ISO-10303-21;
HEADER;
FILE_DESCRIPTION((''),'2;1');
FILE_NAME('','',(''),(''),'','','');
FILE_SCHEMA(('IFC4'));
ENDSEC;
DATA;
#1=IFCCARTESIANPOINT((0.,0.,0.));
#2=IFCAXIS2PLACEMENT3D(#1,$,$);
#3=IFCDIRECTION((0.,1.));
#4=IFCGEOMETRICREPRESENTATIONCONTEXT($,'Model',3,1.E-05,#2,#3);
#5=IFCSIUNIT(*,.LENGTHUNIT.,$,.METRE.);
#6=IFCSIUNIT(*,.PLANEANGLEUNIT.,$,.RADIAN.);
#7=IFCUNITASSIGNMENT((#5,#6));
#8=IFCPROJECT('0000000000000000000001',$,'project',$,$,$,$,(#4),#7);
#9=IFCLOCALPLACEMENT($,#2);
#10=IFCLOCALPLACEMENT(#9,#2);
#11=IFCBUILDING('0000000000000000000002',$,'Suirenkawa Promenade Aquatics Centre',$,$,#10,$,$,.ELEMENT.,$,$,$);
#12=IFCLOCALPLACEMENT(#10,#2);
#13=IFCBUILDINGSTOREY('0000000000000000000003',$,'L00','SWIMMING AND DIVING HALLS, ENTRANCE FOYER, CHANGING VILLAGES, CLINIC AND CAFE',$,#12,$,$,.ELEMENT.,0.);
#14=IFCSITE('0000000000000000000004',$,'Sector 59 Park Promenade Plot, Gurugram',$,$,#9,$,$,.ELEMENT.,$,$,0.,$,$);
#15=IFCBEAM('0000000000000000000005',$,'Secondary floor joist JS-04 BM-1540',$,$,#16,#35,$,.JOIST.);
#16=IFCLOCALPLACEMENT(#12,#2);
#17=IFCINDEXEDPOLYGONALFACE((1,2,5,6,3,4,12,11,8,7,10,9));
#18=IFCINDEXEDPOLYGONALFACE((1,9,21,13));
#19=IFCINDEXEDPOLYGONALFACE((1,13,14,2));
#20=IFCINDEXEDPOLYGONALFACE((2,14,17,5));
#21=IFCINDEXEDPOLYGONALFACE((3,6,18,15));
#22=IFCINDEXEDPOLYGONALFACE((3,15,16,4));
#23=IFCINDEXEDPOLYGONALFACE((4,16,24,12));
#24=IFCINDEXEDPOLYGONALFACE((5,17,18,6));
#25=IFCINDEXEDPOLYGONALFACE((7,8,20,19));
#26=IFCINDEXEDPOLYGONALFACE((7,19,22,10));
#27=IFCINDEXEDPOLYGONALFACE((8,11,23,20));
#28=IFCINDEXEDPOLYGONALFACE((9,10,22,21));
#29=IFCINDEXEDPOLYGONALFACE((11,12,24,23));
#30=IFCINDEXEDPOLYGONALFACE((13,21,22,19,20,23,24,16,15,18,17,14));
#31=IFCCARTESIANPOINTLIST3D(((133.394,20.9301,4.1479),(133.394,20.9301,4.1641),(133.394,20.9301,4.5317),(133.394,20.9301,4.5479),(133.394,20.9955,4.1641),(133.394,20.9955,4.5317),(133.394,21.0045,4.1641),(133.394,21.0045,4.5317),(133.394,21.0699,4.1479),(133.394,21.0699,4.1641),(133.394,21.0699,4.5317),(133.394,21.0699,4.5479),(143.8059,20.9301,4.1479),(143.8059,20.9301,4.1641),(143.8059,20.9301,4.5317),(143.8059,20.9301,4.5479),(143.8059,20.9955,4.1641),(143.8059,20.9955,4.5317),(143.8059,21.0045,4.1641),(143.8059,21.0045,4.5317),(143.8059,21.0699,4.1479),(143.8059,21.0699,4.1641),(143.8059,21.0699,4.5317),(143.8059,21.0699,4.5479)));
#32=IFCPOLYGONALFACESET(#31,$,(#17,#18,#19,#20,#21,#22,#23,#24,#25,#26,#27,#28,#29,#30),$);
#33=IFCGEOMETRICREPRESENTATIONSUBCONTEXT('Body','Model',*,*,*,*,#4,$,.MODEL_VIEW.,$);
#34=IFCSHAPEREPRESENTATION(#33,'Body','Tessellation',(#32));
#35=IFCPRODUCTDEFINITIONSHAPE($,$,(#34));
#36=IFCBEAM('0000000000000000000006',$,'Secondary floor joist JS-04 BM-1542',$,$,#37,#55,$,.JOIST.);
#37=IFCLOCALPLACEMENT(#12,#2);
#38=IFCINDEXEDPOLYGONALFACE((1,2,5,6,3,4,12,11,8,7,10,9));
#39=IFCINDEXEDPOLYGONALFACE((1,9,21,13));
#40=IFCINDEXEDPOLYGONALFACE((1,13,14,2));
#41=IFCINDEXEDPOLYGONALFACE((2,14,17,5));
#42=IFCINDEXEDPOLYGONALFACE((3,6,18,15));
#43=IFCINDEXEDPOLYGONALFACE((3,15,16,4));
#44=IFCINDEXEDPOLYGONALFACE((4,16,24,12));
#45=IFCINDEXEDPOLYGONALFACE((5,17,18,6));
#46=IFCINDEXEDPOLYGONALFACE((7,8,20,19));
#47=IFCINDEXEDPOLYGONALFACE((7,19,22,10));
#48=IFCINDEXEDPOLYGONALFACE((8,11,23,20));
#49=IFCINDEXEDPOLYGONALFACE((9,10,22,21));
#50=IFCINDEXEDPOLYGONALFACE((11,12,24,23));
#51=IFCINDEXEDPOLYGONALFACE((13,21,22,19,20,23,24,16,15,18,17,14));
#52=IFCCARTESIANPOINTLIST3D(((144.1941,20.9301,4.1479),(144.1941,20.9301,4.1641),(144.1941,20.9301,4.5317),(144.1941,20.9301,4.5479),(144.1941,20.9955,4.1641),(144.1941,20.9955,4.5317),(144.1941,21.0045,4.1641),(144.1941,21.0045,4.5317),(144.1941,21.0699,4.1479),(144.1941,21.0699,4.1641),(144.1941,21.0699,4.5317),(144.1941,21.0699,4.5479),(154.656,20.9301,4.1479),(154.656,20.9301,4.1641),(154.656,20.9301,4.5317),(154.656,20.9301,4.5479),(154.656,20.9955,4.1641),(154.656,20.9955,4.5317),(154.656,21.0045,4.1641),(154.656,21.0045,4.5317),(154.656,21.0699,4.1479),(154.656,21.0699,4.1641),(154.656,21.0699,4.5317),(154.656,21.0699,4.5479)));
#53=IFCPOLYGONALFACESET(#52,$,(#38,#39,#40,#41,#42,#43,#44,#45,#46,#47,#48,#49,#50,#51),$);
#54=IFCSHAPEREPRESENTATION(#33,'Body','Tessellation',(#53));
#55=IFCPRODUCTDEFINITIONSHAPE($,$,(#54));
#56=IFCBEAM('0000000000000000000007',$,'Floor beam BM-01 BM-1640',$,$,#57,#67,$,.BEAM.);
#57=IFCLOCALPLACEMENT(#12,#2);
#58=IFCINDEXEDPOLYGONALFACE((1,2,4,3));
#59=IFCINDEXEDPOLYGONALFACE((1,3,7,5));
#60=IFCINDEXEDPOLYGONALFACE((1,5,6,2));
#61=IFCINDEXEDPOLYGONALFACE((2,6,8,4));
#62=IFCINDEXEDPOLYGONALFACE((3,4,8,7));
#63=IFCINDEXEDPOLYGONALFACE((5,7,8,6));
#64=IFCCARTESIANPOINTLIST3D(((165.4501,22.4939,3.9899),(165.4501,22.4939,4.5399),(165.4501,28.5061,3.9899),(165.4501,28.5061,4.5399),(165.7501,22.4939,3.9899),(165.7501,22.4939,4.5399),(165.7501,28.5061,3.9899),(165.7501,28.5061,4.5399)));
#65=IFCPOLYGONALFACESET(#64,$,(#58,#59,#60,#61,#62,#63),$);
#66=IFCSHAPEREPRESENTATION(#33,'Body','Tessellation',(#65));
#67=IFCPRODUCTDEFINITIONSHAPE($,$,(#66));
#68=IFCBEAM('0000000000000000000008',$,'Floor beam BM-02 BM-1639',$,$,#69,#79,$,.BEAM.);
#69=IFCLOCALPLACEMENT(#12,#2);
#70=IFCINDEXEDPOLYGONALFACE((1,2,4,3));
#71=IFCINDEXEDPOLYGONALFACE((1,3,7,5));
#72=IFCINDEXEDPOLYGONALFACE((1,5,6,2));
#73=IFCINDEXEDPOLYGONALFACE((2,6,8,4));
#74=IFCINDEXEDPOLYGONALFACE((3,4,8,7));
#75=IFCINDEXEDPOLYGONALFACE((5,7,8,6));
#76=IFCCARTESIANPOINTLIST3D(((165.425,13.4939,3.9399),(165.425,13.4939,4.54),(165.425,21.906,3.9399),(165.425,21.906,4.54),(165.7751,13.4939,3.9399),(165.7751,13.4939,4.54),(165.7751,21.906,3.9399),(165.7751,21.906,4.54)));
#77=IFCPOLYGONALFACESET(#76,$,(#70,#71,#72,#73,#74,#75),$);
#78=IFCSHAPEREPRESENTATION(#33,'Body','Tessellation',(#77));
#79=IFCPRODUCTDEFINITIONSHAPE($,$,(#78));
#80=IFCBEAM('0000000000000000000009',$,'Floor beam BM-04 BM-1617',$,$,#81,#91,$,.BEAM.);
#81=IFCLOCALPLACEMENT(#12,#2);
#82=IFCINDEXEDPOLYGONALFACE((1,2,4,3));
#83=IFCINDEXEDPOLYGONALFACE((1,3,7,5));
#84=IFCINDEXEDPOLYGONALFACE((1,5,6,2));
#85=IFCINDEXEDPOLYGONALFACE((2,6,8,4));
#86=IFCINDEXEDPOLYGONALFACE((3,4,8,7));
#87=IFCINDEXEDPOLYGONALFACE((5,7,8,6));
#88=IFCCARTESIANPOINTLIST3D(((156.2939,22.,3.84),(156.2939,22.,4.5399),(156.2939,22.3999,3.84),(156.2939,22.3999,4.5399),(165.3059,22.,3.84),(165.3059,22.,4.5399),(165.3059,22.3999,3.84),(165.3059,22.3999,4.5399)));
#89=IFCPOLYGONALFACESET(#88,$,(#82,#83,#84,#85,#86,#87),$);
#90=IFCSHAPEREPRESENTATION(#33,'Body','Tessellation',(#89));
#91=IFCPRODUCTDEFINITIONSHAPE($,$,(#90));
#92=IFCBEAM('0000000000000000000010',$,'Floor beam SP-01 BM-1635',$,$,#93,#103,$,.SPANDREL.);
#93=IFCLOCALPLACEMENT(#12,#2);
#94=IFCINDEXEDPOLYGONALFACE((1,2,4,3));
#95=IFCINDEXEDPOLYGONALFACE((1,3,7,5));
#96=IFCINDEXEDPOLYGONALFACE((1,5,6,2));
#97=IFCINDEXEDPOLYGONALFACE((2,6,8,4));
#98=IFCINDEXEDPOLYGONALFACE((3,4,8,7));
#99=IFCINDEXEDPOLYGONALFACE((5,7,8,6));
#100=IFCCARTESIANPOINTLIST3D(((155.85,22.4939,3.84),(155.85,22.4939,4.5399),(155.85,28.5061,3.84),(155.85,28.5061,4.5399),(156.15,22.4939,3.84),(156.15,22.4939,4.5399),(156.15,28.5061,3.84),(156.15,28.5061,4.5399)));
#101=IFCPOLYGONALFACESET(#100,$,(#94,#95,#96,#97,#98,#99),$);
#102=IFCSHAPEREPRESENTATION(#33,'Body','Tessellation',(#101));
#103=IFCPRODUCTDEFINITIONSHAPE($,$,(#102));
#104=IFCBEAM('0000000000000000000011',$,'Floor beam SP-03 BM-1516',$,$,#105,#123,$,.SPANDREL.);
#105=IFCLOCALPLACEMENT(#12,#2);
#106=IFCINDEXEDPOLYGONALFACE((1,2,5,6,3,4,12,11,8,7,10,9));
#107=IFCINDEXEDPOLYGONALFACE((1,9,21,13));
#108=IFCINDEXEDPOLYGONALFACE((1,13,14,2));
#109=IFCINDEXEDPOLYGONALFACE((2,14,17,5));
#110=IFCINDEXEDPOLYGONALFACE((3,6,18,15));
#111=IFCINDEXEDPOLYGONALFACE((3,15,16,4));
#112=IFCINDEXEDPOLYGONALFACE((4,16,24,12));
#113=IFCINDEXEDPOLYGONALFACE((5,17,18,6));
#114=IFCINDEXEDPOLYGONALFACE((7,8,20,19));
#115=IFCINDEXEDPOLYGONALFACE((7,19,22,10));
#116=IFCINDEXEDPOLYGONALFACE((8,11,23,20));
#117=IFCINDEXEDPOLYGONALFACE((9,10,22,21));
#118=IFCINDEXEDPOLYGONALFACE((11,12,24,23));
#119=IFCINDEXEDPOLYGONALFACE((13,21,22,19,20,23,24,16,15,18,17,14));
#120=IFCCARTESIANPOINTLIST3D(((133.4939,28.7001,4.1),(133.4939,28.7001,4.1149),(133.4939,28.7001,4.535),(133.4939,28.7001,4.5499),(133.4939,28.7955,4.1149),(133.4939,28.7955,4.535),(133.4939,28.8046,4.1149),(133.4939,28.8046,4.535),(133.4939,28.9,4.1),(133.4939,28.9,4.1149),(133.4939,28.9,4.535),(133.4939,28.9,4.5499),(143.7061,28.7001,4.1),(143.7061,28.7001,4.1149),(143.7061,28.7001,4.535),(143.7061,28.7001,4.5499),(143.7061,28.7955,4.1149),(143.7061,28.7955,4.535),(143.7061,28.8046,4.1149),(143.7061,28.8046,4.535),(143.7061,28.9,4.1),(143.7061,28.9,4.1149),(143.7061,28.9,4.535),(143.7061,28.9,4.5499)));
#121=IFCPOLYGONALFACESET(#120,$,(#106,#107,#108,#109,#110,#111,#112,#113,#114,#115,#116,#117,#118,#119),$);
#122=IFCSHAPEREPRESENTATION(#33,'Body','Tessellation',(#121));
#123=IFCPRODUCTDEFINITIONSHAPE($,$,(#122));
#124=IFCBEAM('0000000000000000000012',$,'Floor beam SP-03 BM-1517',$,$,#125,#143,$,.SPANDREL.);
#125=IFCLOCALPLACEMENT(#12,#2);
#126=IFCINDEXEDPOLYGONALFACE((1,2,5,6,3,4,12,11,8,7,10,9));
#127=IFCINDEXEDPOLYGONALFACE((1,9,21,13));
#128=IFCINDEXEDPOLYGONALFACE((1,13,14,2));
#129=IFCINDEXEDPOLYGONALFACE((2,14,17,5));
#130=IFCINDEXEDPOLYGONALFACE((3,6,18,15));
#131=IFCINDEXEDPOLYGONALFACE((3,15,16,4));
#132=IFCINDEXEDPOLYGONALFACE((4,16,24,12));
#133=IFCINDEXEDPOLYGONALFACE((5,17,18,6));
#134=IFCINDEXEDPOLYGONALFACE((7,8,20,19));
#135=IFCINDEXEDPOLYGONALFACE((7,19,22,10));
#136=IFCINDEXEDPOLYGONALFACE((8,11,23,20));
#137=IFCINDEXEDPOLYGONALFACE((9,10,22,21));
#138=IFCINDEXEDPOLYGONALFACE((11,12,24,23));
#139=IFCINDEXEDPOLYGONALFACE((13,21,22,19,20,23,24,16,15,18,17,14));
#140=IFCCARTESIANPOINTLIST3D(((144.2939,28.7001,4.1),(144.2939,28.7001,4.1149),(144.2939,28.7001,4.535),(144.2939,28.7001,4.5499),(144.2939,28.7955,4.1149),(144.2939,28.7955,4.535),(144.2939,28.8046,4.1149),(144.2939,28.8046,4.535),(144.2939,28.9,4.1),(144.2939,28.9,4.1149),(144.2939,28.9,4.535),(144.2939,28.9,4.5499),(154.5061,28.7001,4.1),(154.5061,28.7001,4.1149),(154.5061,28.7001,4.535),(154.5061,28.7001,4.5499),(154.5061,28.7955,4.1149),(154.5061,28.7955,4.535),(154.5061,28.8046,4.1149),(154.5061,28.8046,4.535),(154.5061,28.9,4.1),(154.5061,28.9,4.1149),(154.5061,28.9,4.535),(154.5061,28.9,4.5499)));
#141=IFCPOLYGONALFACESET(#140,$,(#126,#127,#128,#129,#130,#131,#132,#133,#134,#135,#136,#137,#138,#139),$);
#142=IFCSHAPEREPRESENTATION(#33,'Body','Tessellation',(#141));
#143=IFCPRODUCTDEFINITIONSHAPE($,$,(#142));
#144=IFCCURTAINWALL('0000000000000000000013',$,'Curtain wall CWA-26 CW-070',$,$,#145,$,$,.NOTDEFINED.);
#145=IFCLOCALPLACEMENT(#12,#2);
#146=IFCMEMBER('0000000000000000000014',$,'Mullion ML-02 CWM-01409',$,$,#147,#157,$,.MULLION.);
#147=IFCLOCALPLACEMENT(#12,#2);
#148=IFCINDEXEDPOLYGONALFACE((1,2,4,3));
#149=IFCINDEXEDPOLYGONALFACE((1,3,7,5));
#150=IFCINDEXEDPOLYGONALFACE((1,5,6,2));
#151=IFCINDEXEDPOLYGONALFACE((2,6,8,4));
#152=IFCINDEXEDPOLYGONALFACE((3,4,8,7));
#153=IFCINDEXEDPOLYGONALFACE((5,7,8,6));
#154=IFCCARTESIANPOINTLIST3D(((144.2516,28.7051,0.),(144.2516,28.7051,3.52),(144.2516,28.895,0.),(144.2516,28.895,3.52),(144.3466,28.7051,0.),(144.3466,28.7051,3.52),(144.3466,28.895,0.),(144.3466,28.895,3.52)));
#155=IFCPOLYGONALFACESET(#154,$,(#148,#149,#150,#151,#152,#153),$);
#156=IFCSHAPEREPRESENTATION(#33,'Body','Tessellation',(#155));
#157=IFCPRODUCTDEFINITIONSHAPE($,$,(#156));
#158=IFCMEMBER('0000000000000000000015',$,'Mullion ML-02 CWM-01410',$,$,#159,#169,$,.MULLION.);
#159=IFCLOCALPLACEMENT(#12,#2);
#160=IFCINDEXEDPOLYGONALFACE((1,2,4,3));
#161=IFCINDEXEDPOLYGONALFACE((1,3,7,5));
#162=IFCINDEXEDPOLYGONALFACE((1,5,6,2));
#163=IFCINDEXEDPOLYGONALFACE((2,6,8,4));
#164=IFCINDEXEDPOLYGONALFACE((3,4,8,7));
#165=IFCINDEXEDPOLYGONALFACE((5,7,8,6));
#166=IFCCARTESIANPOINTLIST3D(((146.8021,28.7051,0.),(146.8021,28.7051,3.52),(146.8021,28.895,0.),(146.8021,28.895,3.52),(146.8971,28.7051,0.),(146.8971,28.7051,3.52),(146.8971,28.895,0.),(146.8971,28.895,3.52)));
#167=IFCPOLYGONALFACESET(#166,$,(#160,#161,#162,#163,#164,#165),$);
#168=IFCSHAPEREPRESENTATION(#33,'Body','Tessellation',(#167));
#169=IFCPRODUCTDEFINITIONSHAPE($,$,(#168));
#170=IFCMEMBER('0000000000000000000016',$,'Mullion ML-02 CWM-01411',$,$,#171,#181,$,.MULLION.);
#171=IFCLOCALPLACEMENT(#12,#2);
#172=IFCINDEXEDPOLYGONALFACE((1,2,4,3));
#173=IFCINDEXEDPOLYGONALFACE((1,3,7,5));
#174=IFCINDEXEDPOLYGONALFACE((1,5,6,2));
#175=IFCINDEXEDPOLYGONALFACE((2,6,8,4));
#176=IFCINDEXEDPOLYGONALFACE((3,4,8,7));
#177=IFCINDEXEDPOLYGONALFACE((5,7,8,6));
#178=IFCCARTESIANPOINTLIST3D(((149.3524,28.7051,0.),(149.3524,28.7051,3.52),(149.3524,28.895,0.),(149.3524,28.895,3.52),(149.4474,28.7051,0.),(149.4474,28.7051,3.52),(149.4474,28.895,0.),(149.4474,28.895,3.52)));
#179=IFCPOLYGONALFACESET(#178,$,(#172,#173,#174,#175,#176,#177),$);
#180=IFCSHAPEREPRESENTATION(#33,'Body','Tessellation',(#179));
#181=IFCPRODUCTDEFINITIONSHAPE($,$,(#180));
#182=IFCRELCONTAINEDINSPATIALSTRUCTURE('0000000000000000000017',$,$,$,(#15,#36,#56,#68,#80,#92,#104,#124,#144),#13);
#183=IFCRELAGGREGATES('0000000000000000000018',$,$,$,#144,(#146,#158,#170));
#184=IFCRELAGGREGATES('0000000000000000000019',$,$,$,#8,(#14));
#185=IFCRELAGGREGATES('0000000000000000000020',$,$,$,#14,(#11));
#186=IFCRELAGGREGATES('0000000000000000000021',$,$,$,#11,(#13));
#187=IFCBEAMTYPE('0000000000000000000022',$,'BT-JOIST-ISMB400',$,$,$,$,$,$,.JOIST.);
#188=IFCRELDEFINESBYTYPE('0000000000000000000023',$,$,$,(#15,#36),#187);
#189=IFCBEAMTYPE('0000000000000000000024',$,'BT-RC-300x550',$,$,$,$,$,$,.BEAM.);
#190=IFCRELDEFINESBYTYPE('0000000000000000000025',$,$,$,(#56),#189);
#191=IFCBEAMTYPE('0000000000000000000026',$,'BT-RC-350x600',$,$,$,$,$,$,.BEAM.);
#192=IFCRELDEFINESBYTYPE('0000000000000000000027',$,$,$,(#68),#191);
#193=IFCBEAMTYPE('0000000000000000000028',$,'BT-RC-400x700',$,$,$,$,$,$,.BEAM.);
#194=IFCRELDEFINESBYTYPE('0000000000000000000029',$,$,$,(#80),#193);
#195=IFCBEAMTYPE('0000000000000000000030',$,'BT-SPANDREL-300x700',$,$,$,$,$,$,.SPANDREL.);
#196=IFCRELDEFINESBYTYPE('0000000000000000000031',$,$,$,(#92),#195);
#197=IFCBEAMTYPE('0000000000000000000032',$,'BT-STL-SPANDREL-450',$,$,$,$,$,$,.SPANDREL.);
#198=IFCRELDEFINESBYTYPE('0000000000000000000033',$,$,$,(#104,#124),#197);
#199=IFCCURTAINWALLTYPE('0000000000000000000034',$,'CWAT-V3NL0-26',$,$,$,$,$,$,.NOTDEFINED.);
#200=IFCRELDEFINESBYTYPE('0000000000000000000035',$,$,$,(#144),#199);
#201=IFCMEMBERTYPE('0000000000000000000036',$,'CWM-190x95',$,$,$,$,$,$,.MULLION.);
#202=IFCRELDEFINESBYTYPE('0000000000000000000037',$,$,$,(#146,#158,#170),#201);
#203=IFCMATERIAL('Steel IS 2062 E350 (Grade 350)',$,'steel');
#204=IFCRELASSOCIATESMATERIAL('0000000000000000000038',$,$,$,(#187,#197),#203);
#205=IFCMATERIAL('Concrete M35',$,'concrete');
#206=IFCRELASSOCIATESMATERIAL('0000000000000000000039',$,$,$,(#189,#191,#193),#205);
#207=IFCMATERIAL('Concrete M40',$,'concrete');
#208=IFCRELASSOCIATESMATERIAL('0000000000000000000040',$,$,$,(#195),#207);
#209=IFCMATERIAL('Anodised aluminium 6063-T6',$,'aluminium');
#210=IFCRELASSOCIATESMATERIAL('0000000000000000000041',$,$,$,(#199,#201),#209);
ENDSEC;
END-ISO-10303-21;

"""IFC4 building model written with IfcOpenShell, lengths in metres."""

from ifc_helpers import new_model, si_unit, direction, frame, origin, origin_2d, place, context, subcontext, project, spatial, rectangle, i_section, extrude, material, material_profile, profile_set, type_object, element, aggregate, save


model = new_model("IFC4")

# Units and contexts
model_context = context("Model", 3, precision=1e-05, world=origin(), true_north=direction((0.0, 1.0)))
body_context = subcontext(model_context, "Body", "Model", "MODEL_VIEW")
ifc_project = project(units=[si_unit("LENGTHUNIT", "METRE"), si_unit("PLANEANGLEUNIT", "RADIAN")], contexts=[model_context])

# Site, building, storey
site_placement = place(None, origin())
site = spatial("IfcSite", under=ifc_project, at=site_placement, Name="Sector 59 Park Promenade Plot, Gurugram", CompositionType="ELEMENT", RefElevation=0.0)
building_placement = place(site_placement, origin())
building = spatial("IfcBuilding", under=site, at=building_placement, Name="Suirenkawa Promenade Aquatics Centre", CompositionType="ELEMENT")
storey_placement = place(building_placement, origin())
storey = spatial("IfcBuildingStorey", under=building, at=storey_placement, Name="L00", Description="SWIMMING AND DIVING HALLS, ENTRANCE FOYER, CHANGING VILLAGES, CLINIC AND CAFE", CompositionType="ELEMENT", Elevation=0.0)

# Shared definitions
ifc_material_1 = material(Name="Concrete M40", Category="concrete")

# Beams
ifc_material_2 = material(Name="Steel IS 2062 E350 (Grade 350)", Category="steel")
ifc_material_profile_1 = material_profile(ifc_material_2, i_section(OverallWidth=0.1399, OverallDepth=0.3999, WebThickness=0.009, FlangeThickness=0.0161, at=origin_2d()), Name="ISMB 400", Category="steel")
ifc_profile_set_1 = profile_set([ifc_material_profile_1], Name="Steel IS 2062 E350 (Grade 350)")
beam_type_1 = type_object("IfcBeamType", Name="BT-JOIST-ISMB400", PredefinedType="JOIST", material=ifc_profile_set_1)
beam_1_placement = place(storey_placement, frame((133.394, 21.0, 4.3479), z_axis=(1.0, 0.0, 0.0), x_axis=(0.0, 1.0, 0.0)))
element("IfcBeam", 1, at=beam_1_placement, inside=storey, type_object=beam_type_1, Name="Secondary floor joist JS-04 BM-1540", PredefinedType="JOIST", context=body_context, shape_type="SweptSolid", body=[
    extrude(i_section(OverallWidth=0.1399, OverallDepth=0.3999, WebThickness=0.009, FlangeThickness=0.0161, at=origin_2d()), origin(), (0.0, 0.0, 1.0), 10.4119),
])
beam_2_placement = place(storey_placement, frame((144.1941, 21.0, 4.3479), z_axis=(1.0, 0.0, 0.0), x_axis=(0.0, 1.0, 0.0)))
element("IfcBeam", 2, at=beam_2_placement, inside=storey, type_object=beam_type_1, Name="Secondary floor joist JS-04 BM-1542", PredefinedType="JOIST", context=body_context, shape_type="SweptSolid", body=[
    extrude(i_section(OverallWidth=0.1399, OverallDepth=0.3999, WebThickness=0.009, FlangeThickness=0.0161, at=origin_2d()), origin(), (0.0, 0.0, 1.0), 10.4619),
])
ifc_material_3 = material(Name="Concrete M35", Category="concrete")
ifc_material_profile_2 = material_profile(ifc_material_3, rectangle(XDim=0.3, YDim=0.55, at=origin_2d()), Name="RC BM 300x550", Category="concrete")
ifc_profile_set_2 = profile_set([ifc_material_profile_2], Name="Concrete M35")
beam_type_2 = type_object("IfcBeamType", Name="BT-RC-300x550", PredefinedType="BEAM", material=ifc_profile_set_2)
beam_3_placement = place(storey_placement, frame((165.6001, 22.4939, 4.2649), z_axis=(0.0, 1.0, 0.0), x_axis=(-1.0, 0.0, 0.0)))
element("IfcBeam", 3, at=beam_3_placement, inside=storey, type_object=beam_type_2, Name="Floor beam BM-01 BM-1640", PredefinedType="BEAM", context=body_context, shape_type="SweptSolid", body=[
    extrude(rectangle(XDim=0.3, YDim=0.55, at=origin_2d()), origin(), (0.0, 0.0, 1.0), 6.0122),
])
ifc_material_profile_3 = material_profile(ifc_material_3, rectangle(XDim=0.3501, YDim=0.6001, at=origin_2d()), Name="RC BM 350x600", Category="concrete")
ifc_profile_set_3 = profile_set([ifc_material_profile_3], Name="Concrete M35")
beam_type_3 = type_object("IfcBeamType", Name="BT-RC-350x600", PredefinedType="BEAM", material=ifc_profile_set_3)
beam_4_placement = place(storey_placement, frame((165.6001, 13.4939, 4.24), z_axis=(0.0, 1.0, 0.0), x_axis=(-1.0, 0.0, 0.0)))
element("IfcBeam", 4, at=beam_4_placement, inside=storey, type_object=beam_type_3, Name="Floor beam BM-02 BM-1639", PredefinedType="BEAM", context=body_context, shape_type="SweptSolid", body=[
    extrude(rectangle(XDim=0.3501, YDim=0.6001, at=origin_2d()), origin(), (0.0, 0.0, 1.0), 8.4121),
])
ifc_material_profile_4 = material_profile(ifc_material_3, rectangle(XDim=0.3999, YDim=0.7, at=origin_2d()), Name="RC BM 400x700", Category="concrete")
ifc_profile_set_4 = profile_set([ifc_material_profile_4], Name="Concrete M35")
beam_type_4 = type_object("IfcBeamType", Name="BT-RC-400x700", PredefinedType="BEAM", material=ifc_profile_set_4)
beam_5_placement = place(storey_placement, frame((156.2939, 22.2, 4.1899), z_axis=(1.0, 0.0, 0.0), x_axis=(0.0, 1.0, 0.0)))
element("IfcBeam", 5, at=beam_5_placement, inside=storey, type_object=beam_type_4, Name="Floor beam BM-04 BM-1617", PredefinedType="BEAM", context=body_context, shape_type="SweptSolid", body=[
    extrude(rectangle(XDim=0.3999, YDim=0.7, at=origin_2d()), origin(), (0.0, 0.0, 1.0), 9.012),
])
ifc_material_profile_5 = material_profile(ifc_material_1, rectangle(XDim=0.3, YDim=0.7, at=origin_2d()), Name="RC SPANDREL 300x700", Category="concrete")
ifc_profile_set_5 = profile_set([ifc_material_profile_5], Name="Concrete M40")
beam_type_5 = type_object("IfcBeamType", Name="BT-SPANDREL-300x700", PredefinedType="SPANDREL", material=ifc_profile_set_5)
beam_6_placement = place(storey_placement, frame((156.0, 22.4939, 4.1899), z_axis=(0.0, 1.0, 0.0), x_axis=(-1.0, 0.0, 0.0)))
element("IfcBeam", 6, at=beam_6_placement, inside=storey, type_object=beam_type_5, Name="Floor beam SP-01 BM-1635", PredefinedType="SPANDREL", context=body_context, shape_type="SweptSolid", body=[
    extrude(rectangle(XDim=0.3, YDim=0.7, at=origin_2d()), origin(), (0.0, 0.0, 1.0), 6.0122),
])
ifc_material_profile_6 = material_profile(ifc_material_2, i_section(OverallWidth=0.2, OverallDepth=0.45, WebThickness=0.009, FlangeThickness=0.0149, at=origin_2d()), Name="ISWB 450", Category="steel")
ifc_profile_set_6 = profile_set([ifc_material_profile_6], Name="Steel IS 2062 E350 (Grade 350)")
beam_type_6 = type_object("IfcBeamType", Name="BT-STL-SPANDREL-450", PredefinedType="SPANDREL", material=ifc_profile_set_6)
for number, where, z_axis, x_axis, name in (
    (7, (133.4939, 28.8, 4.325), (1.0, 0.0, 0.0), (0.0, 1.0, 0.0), "Floor beam SP-03 BM-1516"),
    (8, (144.2939, 28.8, 4.325), (1.0, 0.0, 0.0), (0.0, 1.0, 0.0), "Floor beam SP-03 BM-1517"),
):
    element("IfcBeam", number, at=place(storey_placement, frame(where, z_axis=z_axis, x_axis=x_axis)), inside=storey, type_object=beam_type_6, Name=name, PredefinedType="SPANDREL", context=body_context, shape_type="SweptSolid", body=[
        extrude(i_section(OverallWidth=0.2, OverallDepth=0.45, WebThickness=0.009, FlangeThickness=0.0149, at=origin_2d()), origin(), (0.0, 0.0, 1.0), 10.2122),
    ])

# Curtain wall, members
ifc_material_4 = material(Name="Anodised aluminium 6063-T6", Category="aluminium")
curtain_wall_type = type_object("IfcCurtainWallType", Name="CWAT-V3NL0-26", PredefinedType="NOTDEFINED", material=ifc_material_4)
curtain_wall_placement = place(storey_placement, origin())
curtain_wall = element("IfcCurtainWall", 9, at=curtain_wall_placement, inside=storey, type_object=curtain_wall_type, Name="Curtain wall CWA-26 CW-070", PredefinedType="NOTDEFINED")
ifc_material_profile_7 = material_profile(ifc_material_4, rectangle(XDim=0.095, YDim=0.1899, at=origin_2d()), Name="ALU MULL 95x190", Category="aluminium")
ifc_profile_set_7 = profile_set([ifc_material_profile_7], Name="Anodised aluminium 6063-T6")
member_type_1 = type_object("IfcMemberType", Name="CWM-190x95", PredefinedType="MULLION", material=ifc_profile_set_7)
member_1_placement = place(storey_placement, frame((144.2991, 28.8, 0.0), z_axis=(0.0, 0.0, 1.0), x_axis=(1.0, 0.0, 0.0)))
member_1 = element("IfcMember", 10, at=member_1_placement, type_object=member_type_1, Name="Mullion ML-02 CWM-01409", PredefinedType="MULLION", context=body_context, shape_type="SweptSolid", body=[
    extrude(rectangle(XDim=0.095, YDim=0.1899, at=origin_2d()), origin(), (0.0, 0.0, 1.0), 3.52),
])
member_2_placement = place(storey_placement, frame((146.8496, 28.8, 0.0), z_axis=(0.0, 0.0, 1.0), x_axis=(1.0, 0.0, 0.0)))
member_2 = element("IfcMember", 11, at=member_2_placement, type_object=member_type_1, Name="Mullion ML-02 CWM-01410", PredefinedType="MULLION", context=body_context, shape_type="SweptSolid", body=[
    extrude(rectangle(XDim=0.095, YDim=0.1899, at=origin_2d()), origin(), (0.0, 0.0, 1.0), 3.52),
])
member_3_placement = place(storey_placement, frame((149.3999, 28.8, 0.0), z_axis=(0.0, 0.0, 1.0), x_axis=(1.0, 0.0, 0.0)))
member_3 = element("IfcMember", 12, at=member_3_placement, type_object=member_type_1, Name="Mullion ML-02 CWM-01411", PredefinedType="MULLION", context=body_context, shape_type="SweptSolid", body=[
    extrude(rectangle(XDim=0.095, YDim=0.1899, at=origin_2d()), origin(), (0.0, 0.0, 1.0), 3.52),
])
aggregate(curtain_wall, [member_1, member_2, member_3])

save(model, "model.ifc")
